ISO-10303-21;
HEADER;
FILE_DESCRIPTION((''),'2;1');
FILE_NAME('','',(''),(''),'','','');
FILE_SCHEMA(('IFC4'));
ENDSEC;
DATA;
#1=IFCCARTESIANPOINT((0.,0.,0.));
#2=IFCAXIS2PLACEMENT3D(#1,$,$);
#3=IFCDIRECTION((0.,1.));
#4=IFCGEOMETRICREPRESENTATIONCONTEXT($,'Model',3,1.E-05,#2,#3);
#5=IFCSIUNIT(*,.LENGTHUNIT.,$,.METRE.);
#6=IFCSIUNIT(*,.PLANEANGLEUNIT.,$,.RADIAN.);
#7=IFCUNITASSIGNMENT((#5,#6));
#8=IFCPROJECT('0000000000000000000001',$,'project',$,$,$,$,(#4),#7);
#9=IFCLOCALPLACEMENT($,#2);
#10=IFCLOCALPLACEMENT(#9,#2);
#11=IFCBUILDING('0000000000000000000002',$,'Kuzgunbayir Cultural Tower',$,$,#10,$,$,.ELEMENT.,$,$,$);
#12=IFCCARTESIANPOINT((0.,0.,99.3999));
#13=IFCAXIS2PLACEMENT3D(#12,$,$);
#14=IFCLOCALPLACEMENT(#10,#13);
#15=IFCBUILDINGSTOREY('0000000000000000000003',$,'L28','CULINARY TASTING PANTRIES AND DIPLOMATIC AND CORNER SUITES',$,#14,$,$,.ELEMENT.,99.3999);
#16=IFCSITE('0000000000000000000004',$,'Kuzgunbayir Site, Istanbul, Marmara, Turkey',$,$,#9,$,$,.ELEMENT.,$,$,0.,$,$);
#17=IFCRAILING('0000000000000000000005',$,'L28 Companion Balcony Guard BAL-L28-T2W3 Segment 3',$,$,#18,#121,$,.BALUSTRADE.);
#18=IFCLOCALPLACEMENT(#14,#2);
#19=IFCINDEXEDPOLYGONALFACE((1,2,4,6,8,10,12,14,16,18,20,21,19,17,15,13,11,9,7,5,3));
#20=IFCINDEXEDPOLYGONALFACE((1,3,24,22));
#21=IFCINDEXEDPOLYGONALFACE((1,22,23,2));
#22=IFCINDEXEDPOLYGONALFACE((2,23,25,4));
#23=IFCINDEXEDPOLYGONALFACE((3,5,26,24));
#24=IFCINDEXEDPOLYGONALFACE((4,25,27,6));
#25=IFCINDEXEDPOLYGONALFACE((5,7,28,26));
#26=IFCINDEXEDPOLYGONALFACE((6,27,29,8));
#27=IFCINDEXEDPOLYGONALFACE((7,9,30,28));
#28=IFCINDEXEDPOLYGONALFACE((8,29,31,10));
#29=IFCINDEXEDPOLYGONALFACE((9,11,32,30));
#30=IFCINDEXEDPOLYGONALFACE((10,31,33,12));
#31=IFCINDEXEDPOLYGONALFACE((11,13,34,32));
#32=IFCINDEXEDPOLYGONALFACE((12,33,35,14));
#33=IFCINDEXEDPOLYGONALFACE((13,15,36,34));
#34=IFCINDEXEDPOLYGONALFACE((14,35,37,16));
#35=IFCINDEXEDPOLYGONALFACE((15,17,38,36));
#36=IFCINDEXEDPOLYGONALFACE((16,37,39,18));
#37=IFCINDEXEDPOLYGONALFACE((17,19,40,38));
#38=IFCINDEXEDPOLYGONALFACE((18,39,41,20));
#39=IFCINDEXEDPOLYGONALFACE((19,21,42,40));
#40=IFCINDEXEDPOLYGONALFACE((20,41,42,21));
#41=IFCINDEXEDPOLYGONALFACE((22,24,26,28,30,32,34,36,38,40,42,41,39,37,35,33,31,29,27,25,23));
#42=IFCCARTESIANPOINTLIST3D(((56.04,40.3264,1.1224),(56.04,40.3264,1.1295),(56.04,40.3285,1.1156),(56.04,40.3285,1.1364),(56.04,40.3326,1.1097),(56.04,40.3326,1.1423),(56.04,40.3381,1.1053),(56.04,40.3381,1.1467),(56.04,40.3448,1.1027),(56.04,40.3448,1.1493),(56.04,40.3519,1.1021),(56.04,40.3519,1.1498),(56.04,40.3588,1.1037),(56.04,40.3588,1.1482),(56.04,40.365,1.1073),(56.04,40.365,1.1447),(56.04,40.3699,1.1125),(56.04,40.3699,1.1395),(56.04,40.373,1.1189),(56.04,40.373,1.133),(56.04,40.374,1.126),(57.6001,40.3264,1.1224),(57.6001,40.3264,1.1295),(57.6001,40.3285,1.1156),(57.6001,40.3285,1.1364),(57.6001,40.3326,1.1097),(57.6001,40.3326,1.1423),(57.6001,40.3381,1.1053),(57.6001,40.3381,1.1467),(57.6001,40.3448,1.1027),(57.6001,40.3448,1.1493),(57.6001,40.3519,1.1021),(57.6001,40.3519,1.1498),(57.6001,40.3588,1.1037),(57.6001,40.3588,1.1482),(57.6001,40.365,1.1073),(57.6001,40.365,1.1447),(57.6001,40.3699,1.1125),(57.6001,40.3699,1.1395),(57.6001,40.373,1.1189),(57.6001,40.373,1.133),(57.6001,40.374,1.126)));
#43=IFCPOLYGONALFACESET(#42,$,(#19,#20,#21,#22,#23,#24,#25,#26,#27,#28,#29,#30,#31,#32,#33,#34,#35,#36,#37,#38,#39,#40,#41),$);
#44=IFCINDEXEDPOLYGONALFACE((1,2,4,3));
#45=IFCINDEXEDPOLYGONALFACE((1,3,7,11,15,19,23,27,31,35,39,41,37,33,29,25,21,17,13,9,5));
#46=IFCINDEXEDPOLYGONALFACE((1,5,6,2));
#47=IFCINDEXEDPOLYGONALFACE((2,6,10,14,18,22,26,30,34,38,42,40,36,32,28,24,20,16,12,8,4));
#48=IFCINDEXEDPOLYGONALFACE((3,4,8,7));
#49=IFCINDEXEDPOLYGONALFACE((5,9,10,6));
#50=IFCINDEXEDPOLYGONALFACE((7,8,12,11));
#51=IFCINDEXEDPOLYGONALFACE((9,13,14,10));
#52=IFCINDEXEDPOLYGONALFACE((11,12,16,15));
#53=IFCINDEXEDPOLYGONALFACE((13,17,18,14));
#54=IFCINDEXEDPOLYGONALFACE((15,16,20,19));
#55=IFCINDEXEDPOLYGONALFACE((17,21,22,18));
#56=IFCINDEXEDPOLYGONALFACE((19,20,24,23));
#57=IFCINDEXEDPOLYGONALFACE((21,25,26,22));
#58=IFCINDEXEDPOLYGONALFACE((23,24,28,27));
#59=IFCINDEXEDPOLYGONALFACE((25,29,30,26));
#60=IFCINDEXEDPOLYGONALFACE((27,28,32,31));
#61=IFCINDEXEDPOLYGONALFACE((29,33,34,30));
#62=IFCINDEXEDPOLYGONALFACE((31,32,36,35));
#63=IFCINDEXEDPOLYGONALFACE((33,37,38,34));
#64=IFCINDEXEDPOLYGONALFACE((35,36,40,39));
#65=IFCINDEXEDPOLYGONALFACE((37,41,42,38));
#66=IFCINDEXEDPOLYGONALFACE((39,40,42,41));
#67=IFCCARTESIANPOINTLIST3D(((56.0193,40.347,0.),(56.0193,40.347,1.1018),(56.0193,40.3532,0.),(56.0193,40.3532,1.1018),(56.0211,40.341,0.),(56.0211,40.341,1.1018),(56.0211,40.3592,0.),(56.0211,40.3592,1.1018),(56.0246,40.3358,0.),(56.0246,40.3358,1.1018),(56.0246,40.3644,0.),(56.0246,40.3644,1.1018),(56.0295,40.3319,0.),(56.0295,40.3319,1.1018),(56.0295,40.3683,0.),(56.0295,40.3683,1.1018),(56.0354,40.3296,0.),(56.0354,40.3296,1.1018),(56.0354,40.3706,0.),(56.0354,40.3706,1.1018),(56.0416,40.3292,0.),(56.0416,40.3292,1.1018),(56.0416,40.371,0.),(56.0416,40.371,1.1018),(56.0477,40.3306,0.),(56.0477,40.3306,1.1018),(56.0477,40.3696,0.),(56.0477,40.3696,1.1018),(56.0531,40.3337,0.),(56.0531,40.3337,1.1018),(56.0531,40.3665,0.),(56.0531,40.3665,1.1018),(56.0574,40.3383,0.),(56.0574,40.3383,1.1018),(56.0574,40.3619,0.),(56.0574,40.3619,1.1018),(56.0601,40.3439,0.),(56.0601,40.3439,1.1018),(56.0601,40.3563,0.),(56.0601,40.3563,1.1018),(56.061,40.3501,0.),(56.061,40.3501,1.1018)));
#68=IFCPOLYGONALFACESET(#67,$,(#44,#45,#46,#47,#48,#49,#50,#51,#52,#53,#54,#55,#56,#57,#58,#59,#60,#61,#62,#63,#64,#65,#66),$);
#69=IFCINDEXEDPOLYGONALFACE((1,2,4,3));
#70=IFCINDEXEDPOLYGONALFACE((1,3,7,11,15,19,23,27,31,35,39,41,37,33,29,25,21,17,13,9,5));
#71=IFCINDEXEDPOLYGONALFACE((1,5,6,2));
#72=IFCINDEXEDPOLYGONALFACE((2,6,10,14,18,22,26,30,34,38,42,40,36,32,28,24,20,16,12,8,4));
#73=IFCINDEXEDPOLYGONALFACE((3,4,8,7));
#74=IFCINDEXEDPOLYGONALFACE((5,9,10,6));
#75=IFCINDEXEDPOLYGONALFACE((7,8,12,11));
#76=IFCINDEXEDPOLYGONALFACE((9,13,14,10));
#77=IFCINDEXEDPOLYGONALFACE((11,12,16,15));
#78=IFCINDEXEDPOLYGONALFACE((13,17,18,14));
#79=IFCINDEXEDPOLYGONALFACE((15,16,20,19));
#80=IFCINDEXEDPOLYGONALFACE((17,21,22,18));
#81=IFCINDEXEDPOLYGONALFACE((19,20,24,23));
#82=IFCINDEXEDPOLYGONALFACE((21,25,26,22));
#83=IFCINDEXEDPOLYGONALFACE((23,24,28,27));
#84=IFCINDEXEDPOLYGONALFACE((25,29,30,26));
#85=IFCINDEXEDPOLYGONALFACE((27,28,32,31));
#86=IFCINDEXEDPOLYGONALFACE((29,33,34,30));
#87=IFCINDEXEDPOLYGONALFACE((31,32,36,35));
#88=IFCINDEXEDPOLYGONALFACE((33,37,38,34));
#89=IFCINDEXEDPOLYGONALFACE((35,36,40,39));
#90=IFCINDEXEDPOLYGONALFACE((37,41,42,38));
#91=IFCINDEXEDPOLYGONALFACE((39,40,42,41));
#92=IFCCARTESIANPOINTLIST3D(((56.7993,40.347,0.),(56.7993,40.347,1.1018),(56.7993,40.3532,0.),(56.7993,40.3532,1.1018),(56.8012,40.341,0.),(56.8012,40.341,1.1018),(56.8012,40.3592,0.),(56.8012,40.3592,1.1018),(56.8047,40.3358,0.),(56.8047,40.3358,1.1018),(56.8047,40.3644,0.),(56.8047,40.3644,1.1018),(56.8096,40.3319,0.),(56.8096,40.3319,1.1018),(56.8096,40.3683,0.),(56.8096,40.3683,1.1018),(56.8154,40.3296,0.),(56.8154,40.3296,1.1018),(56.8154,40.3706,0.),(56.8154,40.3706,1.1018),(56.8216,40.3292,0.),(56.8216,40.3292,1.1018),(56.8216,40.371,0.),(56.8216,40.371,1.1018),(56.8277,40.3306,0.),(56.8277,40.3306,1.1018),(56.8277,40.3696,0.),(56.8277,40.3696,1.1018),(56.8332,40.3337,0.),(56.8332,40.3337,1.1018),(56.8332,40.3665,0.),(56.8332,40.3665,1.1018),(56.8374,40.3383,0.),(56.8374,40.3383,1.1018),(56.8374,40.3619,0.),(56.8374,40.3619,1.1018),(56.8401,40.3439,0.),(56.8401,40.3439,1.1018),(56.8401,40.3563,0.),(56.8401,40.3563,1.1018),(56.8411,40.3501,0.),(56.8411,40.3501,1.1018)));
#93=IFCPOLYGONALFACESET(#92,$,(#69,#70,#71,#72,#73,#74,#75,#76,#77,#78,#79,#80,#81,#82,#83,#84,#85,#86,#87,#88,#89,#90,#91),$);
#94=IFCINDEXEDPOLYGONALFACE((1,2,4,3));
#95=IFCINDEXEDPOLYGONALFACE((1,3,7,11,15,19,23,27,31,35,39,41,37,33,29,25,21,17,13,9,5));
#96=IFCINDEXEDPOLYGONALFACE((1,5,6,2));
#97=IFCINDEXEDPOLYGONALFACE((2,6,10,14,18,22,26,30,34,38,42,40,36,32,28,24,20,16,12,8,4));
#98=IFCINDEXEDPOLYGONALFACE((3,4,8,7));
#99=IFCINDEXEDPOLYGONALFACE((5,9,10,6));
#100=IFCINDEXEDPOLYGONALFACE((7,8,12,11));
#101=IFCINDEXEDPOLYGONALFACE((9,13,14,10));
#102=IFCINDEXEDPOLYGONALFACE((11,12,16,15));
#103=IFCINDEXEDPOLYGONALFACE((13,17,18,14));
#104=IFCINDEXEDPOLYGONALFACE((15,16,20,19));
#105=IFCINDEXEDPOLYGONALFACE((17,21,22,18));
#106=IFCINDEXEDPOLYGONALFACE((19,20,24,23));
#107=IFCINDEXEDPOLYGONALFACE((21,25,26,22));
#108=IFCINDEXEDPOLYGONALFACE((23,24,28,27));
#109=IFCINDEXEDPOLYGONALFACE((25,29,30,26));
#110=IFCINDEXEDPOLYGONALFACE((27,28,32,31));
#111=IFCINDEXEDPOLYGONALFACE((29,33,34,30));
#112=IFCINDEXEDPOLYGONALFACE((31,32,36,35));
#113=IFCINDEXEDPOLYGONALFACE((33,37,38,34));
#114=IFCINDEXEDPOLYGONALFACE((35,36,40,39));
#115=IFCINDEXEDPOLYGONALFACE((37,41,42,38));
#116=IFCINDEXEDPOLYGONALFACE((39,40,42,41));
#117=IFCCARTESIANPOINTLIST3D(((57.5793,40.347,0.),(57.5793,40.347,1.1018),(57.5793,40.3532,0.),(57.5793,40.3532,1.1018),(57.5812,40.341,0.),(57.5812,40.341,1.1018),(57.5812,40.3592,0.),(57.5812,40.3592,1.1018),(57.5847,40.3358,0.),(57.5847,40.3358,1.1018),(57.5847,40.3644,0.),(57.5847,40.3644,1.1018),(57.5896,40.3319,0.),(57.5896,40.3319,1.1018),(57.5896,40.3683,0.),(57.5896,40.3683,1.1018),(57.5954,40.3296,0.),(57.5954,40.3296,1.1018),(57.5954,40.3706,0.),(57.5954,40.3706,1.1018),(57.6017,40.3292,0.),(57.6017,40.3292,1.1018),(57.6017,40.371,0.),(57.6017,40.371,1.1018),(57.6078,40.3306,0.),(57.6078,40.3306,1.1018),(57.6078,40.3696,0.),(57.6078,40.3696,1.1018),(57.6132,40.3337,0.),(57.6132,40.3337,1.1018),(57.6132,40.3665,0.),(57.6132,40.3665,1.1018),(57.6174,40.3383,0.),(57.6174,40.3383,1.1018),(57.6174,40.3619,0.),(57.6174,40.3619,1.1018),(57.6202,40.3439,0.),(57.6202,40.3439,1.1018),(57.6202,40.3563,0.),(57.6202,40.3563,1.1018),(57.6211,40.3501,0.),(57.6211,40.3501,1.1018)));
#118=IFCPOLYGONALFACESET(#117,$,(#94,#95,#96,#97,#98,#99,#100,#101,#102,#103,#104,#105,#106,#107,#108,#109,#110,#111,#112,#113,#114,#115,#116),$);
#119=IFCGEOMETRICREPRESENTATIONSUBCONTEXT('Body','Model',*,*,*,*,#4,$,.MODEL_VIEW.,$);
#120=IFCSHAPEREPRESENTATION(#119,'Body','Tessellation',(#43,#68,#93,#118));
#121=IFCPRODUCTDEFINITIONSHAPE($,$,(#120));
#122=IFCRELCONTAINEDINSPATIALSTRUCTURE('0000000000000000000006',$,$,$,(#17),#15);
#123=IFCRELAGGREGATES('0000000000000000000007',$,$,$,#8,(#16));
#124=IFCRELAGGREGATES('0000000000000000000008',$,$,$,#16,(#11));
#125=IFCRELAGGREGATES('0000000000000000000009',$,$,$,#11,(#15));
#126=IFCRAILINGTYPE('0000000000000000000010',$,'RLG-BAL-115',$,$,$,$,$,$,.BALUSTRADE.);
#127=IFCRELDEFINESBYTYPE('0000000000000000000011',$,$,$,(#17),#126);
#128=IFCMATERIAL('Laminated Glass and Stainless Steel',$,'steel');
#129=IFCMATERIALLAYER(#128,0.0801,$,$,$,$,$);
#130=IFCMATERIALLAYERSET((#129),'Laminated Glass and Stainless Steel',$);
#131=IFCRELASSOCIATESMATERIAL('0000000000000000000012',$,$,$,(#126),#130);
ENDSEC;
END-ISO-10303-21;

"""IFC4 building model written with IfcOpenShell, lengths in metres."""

from ifc_helpers import new_model, si_unit, direction, frame, origin, origin_2d, place, context, subcontext, project, spatial, circle, extrude, material, layer, layer_set, type_object, element, save


model = new_model("IFC4")

# Units and contexts
model_context = context("Model", 3, precision=1e-05, world=origin(), true_north=direction((0.0, 1.0)))
body_context = subcontext(model_context, "Body", "Model", "MODEL_VIEW")
ifc_project = project(units=[si_unit("LENGTHUNIT", "METRE"), si_unit("PLANEANGLEUNIT", "RADIAN")], contexts=[model_context])

# Site, building, storey
site_placement = place(None, origin())
site = spatial("IfcSite", under=ifc_project, at=site_placement, Name="Kuzgunbayir Site, Istanbul, Marmara, Turkey", CompositionType="ELEMENT", RefElevation=0.0)
building_placement = place(site_placement, origin())
building = spatial("IfcBuilding", under=site, at=building_placement, Name="Kuzgunbayir Cultural Tower", CompositionType="ELEMENT")
storey_placement = place(building_placement, frame((0.0, 0.0, 99.3999)))
storey = spatial("IfcBuildingStorey", under=building, at=storey_placement, Name="L28", Description="CULINARY TASTING PANTRIES AND DIPLOMATIC AND CORNER SUITES", CompositionType="ELEMENT", Elevation=99.3999)

# Railing
ifc_material_1 = material(Name="Laminated Glass and Stainless Steel", Category="steel")
ifc_layer_1 = layer(ifc_material_1, 0.0801)
ifc_layer_set_1 = layer_set([ifc_layer_1], Name="Laminated Glass and Stainless Steel")
railing_type = type_object("IfcRailingType", Name="RLG-BAL-115", PredefinedType="BALUSTRADE", material=ifc_layer_set_1)
railing_1_placement = place(storey_placement, frame((56.04, 40.3501, 0.0)))
element("IfcRailing", 1, at=railing_1_placement, inside=storey, type_object=railing_type, Name="L28 Companion Balcony Guard BAL-L28-T2W3 Segment 3", PredefinedType="BALUSTRADE", context=body_context, shape_type="SweptSolid", body=[
    extrude(circle(Radius=0.0239, at=origin_2d()), frame((0.0, 0.0, 1.126), z_axis=(1.0, 0.0, 0.0), x_axis=(0.0, 1.0, 0.0)), (0.0, 0.0, 1.0), 1.5601),
    extrude(circle(Radius=0.021, at=origin_2d()), origin(), (0.0, 0.0, 1.0), 1.1018),
    extrude(circle(Radius=0.021, at=origin_2d()), frame((0.78, 0.0, 0.0)), (0.0, 0.0, 1.0), 1.1018),
    extrude(circle(Radius=0.021, at=origin_2d()), frame((1.5601, 0.0, 0.0)), (0.0, 0.0, 1.0), 1.1018),
])

save(model, "model.ifc")
